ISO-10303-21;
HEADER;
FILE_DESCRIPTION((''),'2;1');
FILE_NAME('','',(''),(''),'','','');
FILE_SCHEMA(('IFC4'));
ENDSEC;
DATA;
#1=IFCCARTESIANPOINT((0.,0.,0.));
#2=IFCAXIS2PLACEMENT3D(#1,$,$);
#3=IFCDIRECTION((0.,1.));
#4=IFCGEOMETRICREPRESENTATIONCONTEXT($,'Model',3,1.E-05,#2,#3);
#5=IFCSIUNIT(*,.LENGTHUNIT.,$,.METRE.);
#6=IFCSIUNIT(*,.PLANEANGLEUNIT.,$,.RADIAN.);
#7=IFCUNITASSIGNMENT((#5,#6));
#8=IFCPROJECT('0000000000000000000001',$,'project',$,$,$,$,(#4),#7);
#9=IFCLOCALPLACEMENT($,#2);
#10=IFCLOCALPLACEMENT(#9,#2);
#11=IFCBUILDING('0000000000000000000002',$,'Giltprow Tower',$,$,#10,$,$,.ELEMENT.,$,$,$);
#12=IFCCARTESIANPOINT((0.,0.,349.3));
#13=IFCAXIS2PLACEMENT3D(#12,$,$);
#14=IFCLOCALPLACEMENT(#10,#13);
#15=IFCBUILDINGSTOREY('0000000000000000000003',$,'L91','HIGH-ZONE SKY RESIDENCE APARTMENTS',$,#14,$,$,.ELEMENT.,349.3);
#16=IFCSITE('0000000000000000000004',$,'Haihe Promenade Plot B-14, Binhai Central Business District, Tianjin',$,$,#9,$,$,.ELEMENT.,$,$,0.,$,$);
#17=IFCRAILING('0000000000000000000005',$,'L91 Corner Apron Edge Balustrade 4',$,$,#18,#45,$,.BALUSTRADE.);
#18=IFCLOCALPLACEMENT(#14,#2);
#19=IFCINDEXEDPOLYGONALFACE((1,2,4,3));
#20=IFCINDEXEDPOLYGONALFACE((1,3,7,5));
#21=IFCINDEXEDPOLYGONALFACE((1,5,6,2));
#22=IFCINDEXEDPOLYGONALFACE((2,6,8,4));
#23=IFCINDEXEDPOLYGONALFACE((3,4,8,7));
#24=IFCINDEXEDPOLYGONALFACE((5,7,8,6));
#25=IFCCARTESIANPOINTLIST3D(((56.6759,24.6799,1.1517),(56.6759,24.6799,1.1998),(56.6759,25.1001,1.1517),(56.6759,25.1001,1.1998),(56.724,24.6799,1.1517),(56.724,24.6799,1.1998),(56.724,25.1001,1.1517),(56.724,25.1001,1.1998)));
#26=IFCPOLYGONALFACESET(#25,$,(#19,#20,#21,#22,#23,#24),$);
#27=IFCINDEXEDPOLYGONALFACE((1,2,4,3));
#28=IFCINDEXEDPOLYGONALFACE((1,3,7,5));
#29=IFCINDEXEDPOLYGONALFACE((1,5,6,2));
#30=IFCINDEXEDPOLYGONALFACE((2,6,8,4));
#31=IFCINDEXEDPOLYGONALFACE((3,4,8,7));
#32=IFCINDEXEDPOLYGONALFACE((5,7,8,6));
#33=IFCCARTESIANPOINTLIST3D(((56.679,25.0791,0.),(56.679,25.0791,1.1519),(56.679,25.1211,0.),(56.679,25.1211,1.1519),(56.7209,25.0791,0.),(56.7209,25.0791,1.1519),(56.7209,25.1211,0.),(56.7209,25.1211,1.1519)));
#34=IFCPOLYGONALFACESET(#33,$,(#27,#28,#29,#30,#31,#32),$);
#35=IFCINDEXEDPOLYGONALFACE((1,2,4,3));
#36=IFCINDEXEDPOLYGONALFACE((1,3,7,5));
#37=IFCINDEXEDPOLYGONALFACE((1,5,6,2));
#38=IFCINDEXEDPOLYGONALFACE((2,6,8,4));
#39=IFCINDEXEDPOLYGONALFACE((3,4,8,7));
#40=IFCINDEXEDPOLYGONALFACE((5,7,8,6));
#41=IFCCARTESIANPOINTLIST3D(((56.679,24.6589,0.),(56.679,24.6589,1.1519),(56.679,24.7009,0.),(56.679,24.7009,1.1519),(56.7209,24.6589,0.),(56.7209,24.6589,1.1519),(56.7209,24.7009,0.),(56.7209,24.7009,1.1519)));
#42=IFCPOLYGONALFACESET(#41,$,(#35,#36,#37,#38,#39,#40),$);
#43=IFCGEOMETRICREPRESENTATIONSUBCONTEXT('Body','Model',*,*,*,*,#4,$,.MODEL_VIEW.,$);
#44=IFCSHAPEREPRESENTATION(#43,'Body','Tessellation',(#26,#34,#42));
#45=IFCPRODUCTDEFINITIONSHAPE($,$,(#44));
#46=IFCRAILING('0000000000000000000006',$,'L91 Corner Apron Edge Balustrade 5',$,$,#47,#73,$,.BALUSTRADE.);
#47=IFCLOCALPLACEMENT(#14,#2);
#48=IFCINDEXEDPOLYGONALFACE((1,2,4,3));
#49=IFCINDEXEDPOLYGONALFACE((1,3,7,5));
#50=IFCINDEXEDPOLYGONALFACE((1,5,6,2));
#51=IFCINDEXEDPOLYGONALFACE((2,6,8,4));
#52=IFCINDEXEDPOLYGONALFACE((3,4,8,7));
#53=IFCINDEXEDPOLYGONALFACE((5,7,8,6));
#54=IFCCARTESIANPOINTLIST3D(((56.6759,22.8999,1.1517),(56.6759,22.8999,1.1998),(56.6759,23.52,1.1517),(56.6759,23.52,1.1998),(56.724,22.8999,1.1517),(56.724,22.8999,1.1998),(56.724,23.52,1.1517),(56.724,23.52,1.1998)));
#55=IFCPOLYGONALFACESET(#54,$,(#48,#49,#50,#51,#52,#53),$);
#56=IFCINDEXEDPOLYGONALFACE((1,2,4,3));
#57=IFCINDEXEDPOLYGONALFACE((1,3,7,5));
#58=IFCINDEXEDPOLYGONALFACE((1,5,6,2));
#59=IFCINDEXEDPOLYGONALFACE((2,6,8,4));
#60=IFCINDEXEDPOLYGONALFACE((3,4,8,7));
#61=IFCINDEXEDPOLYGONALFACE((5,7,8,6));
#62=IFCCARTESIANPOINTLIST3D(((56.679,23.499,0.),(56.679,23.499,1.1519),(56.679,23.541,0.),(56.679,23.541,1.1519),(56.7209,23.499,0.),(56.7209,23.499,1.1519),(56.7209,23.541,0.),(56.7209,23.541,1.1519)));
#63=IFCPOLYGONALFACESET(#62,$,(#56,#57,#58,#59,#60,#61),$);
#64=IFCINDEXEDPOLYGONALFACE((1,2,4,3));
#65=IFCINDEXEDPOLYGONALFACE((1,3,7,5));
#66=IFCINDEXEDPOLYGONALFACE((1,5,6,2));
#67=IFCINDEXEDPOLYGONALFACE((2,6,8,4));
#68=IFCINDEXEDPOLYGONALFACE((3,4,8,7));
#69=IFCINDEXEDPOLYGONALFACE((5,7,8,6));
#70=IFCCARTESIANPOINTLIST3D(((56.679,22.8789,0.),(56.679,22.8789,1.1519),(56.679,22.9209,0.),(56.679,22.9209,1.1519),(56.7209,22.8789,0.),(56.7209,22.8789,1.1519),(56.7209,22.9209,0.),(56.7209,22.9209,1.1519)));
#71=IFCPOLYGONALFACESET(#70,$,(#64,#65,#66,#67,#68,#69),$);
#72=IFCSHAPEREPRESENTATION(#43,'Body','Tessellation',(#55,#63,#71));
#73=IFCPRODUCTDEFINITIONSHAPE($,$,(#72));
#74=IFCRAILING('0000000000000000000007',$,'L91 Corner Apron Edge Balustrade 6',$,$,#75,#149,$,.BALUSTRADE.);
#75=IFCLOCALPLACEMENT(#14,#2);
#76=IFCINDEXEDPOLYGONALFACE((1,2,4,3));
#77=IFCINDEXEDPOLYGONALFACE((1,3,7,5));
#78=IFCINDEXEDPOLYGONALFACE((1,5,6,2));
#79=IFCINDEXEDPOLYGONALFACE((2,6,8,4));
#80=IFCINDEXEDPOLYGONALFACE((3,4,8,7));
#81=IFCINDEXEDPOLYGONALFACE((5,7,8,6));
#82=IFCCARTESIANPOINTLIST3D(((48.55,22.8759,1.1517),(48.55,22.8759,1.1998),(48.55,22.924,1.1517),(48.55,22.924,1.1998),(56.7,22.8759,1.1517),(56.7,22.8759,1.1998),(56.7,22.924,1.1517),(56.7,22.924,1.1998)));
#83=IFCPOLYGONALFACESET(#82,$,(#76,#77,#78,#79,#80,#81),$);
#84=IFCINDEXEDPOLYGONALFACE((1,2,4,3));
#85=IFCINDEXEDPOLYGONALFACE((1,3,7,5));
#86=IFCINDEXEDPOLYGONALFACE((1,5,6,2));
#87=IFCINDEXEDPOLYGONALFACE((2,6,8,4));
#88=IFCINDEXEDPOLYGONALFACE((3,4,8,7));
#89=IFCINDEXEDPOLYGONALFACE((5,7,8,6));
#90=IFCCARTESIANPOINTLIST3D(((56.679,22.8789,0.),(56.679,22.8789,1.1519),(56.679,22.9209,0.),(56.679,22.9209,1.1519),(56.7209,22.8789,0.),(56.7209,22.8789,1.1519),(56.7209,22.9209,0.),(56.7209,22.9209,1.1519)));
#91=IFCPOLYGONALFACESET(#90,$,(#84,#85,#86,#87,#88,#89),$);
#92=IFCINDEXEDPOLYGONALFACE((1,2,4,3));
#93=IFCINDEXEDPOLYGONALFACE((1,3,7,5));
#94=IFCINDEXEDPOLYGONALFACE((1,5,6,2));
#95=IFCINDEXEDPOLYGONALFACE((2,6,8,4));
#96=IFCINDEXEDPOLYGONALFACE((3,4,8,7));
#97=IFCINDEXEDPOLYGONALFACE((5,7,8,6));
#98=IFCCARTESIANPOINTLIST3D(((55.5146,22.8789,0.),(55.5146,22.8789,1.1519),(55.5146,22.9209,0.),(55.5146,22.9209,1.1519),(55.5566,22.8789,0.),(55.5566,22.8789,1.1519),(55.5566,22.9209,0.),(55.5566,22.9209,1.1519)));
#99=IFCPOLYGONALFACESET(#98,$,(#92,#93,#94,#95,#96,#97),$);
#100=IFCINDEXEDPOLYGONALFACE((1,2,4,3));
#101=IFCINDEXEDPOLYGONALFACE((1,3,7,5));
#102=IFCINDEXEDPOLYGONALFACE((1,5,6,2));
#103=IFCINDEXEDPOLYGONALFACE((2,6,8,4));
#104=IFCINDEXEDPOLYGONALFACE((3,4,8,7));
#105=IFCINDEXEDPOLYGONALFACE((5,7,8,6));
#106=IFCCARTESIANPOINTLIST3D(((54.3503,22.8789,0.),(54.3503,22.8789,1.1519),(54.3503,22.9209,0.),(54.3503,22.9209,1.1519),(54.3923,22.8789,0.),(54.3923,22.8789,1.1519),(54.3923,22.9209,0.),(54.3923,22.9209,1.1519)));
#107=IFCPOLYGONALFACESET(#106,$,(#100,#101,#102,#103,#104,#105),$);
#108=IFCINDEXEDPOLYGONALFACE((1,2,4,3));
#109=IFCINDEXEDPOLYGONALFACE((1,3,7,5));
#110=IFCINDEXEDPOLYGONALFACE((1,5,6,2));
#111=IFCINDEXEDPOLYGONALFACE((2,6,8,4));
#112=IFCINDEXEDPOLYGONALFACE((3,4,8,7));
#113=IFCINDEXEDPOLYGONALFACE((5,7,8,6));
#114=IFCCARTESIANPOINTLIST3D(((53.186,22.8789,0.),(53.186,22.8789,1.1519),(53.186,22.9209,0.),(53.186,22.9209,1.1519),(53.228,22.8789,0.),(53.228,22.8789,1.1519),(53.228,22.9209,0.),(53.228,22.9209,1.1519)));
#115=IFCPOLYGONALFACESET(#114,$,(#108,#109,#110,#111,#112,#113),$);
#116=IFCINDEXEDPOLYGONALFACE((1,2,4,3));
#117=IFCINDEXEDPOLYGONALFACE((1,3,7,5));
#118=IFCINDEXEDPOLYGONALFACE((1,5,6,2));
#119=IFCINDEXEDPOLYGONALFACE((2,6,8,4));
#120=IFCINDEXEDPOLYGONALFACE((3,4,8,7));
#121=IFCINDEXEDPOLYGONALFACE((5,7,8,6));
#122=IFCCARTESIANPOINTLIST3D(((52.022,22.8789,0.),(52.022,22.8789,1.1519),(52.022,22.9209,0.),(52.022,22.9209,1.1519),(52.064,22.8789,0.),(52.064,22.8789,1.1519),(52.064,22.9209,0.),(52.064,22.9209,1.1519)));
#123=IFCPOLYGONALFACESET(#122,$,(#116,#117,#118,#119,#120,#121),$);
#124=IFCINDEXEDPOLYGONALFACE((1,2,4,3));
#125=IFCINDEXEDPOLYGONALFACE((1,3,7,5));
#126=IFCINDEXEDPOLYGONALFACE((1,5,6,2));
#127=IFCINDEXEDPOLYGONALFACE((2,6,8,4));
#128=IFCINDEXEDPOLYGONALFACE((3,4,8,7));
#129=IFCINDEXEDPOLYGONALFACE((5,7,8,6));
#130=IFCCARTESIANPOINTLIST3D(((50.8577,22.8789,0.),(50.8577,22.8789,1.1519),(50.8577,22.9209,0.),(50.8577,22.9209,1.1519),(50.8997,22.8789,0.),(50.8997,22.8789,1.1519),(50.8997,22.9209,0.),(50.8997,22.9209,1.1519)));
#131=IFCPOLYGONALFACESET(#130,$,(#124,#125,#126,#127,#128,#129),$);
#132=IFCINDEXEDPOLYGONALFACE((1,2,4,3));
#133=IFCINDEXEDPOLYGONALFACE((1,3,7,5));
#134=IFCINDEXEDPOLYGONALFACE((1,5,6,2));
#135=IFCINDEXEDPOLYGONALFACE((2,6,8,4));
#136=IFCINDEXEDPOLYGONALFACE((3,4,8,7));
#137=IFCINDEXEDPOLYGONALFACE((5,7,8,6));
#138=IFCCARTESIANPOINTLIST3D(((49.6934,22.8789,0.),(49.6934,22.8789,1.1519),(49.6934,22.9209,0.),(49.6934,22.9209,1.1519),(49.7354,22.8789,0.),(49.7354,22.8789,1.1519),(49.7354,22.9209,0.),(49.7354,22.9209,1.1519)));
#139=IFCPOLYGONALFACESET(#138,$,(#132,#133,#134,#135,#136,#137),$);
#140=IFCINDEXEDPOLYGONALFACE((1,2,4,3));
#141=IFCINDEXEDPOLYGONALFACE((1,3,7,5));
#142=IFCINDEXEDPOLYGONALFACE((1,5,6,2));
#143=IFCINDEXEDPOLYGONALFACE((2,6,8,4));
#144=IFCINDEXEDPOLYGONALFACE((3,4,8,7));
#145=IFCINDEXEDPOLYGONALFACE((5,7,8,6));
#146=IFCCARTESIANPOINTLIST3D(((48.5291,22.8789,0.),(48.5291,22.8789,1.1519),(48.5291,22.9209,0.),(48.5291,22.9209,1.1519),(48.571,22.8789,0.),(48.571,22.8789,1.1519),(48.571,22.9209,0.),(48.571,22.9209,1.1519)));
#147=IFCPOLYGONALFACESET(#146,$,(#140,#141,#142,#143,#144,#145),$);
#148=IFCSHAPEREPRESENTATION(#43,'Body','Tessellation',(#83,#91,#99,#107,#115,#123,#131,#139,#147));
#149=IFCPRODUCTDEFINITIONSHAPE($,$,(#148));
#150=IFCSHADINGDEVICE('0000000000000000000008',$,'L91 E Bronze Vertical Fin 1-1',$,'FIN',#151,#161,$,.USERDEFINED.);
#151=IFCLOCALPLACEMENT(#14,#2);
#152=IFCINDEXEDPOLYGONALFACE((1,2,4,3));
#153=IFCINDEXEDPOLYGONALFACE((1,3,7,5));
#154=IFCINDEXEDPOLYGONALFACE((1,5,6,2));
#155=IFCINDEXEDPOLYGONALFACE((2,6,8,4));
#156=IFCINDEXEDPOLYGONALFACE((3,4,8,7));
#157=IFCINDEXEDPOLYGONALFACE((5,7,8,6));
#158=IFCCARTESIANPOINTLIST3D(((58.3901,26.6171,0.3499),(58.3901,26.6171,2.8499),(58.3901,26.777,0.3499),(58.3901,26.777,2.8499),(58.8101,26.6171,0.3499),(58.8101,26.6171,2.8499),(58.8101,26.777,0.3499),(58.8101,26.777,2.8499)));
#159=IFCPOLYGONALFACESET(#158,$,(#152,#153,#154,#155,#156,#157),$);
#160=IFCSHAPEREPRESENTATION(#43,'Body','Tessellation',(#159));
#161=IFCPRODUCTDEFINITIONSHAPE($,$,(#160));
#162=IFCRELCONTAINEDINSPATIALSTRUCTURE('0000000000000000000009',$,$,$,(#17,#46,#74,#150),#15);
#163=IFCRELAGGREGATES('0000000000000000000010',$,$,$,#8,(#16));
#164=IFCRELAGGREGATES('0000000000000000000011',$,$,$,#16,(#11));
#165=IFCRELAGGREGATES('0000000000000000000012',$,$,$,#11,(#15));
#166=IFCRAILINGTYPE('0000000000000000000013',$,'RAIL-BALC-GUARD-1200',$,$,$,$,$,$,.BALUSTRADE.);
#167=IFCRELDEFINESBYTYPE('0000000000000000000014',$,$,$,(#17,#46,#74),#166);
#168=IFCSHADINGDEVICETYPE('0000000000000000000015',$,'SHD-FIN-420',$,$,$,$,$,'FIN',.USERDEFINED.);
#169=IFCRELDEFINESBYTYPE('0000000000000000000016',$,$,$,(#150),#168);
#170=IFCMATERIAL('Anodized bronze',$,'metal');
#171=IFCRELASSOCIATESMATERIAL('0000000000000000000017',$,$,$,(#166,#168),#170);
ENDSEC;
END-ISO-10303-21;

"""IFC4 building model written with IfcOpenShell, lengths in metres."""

from ifc_helpers import new_model, si_unit, direction, frame, origin, origin_2d, place, context, subcontext, project, spatial, rectangle, extrude, source, transform, mapped, material, type_object, element, save


model = new_model("IFC4")

# Units and contexts
model_context = context("Model", 3, precision=1e-05, world=origin(), true_north=direction((0.0, 1.0)))
body_context = subcontext(model_context, "Body", "Model", "MODEL_VIEW")
ifc_project = project(units=[si_unit("LENGTHUNIT", "METRE"), si_unit("PLANEANGLEUNIT", "RADIAN")], contexts=[model_context])

# Site, building, storey
site_placement = place(None, origin())
site = spatial("IfcSite", under=ifc_project, at=site_placement, Name="Haihe Promenade Plot B-14, Binhai Central Business District, Tianjin", CompositionType="ELEMENT", RefElevation=0.0)
building_placement = place(site_placement, origin())
building = spatial("IfcBuilding", under=site, at=building_placement, Name="Giltprow Tower", CompositionType="ELEMENT")
storey_placement = place(building_placement, frame((0.0, 0.0, 349.3)))
storey = spatial("IfcBuildingStorey", under=building, at=storey_placement, Name="L91", Description="HIGH-ZONE SKY RESIDENCE APARTMENTS", CompositionType="ELEMENT", Elevation=349.3)

# Shared definitions
ifc_material_1 = material(Name="Anodized bronze", Category="metal")

# Railings
railing_type = type_object("IfcRailingType", Name="RAIL-BALC-GUARD-1200", PredefinedType="BALUSTRADE", material=ifc_material_1)
railing_1_placement = place(storey_placement, frame((56.7, 25.1001, 0.0)))
element("IfcRailing", 1, at=railing_1_placement, inside=storey, type_object=railing_type, Name="L91 Corner Apron Edge Balustrade 4", PredefinedType="BALUSTRADE", context=body_context, shape_type="SweptSolid", body=[
    extrude(rectangle(XDim=0.0481, YDim=0.0481, at=origin_2d()), frame((0.0, 0.0, 1.1758), z_axis=(0.0, -1.0, 0.0), x_axis=(1.0, 0.0, 0.0)), (0.0, 0.0, 1.0), 0.4202),
    extrude(rectangle(XDim=0.042, YDim=0.042, at=origin_2d()), origin(), (0.0, 0.0, 1.0), 1.1519),
    extrude(rectangle(XDim=0.042, YDim=0.042, at=origin_2d()), frame((0.0, -0.4202, 0.0)), (0.0, 0.0, 1.0), 1.1519),
])
railing_2_placement = place(storey_placement, frame((56.7, 23.52, 0.0)))
element("IfcRailing", 2, at=railing_2_placement, inside=storey, type_object=railing_type, Name="L91 Corner Apron Edge Balustrade 5", PredefinedType="BALUSTRADE", context=body_context, shape_type="SweptSolid", body=[
    extrude(rectangle(XDim=0.0481, YDim=0.0481, at=origin_2d()), frame((0.0, 0.0, 1.1758), z_axis=(0.0, -1.0, 0.0), x_axis=(1.0, 0.0, 0.0)), (0.0, 0.0, 1.0), 0.6201),
    extrude(rectangle(XDim=0.042, YDim=0.042, at=origin_2d()), origin(), (0.0, 0.0, 1.0), 1.1519),
    extrude(rectangle(XDim=0.042, YDim=0.042, at=origin_2d()), frame((0.0, -0.6201, 0.0)), (0.0, 0.0, 1.0), 1.1519),
])
railing_3_placement = place(storey_placement, frame((56.7, 22.8999, 0.0)))
element("IfcRailing", 3, at=railing_3_placement, inside=storey, type_object=railing_type, Name="L91 Corner Apron Edge Balustrade 6", PredefinedType="BALUSTRADE", context=body_context, shape_type="SweptSolid", body=[
    extrude(rectangle(XDim=0.0481, YDim=0.0481, at=origin_2d()), frame((0.0, 0.0, 1.1758), z_axis=(-1.0, 0.0, 0.0), x_axis=(0.0, -1.0, 0.0)), (0.0, 0.0, 1.0), 8.1499),
    extrude(rectangle(XDim=0.042, YDim=0.042, at=origin_2d()), origin(), (0.0, 0.0, 1.0), 1.1519),
    extrude(rectangle(XDim=0.042, YDim=0.042, at=origin_2d()), frame((-1.1643, 0.0, 0.0)), (0.0, 0.0, 1.0), 1.1519),
    extrude(rectangle(XDim=0.042, YDim=0.042, at=origin_2d()), frame((-2.3286, 0.0, 0.0)), (0.0, 0.0, 1.0), 1.1519),
    extrude(rectangle(XDim=0.042, YDim=0.042, at=origin_2d()), frame((-3.4929, 0.0, 0.0)), (0.0, 0.0, 1.0), 1.1519),
    extrude(rectangle(XDim=0.042, YDim=0.042, at=origin_2d()), frame((-4.657, 0.0, 0.0)), (0.0, 0.0, 1.0), 1.1519),
    extrude(rectangle(XDim=0.042, YDim=0.042, at=origin_2d()), frame((-5.8213, 0.0, 0.0)), (0.0, 0.0, 1.0), 1.1519),
    extrude(rectangle(XDim=0.042, YDim=0.042, at=origin_2d()), frame((-6.9856, 0.0, 0.0)), (0.0, 0.0, 1.0), 1.1519),
    extrude(rectangle(XDim=0.042, YDim=0.042, at=origin_2d()), frame((-8.1499, 0.0, 0.0)), (0.0, 0.0, 1.0), 1.1519),
])

# Shading device
shading_device_type = type_object("IfcShadingDeviceType", Name="SHD-FIN-420", ElementType="FIN", PredefinedType="USERDEFINED", material=ifc_material_1)
shared_shape_1 = source(origin(), body_context, "Body", "SweptSolid", [
    extrude(rectangle(XDim=0.4199, YDim=0.1599, at=origin_2d()), origin(), (0.0, 0.0, 1.0), 2.5),
])
shading_device_placement = place(storey_placement, frame((58.6001, 26.697, 0.3499), z_axis=(0.0, 0.0, 1.0), x_axis=(1.0, 0.0, 0.0)))
element("IfcShadingDevice", 4, at=shading_device_placement, inside=storey, type_object=shading_device_type, Name="L91 E Bronze Vertical Fin 1-1", ObjectType="FIN", PredefinedType="USERDEFINED", context=body_context, shape_type="MappedRepresentation", body=[
    mapped(shared_shape_1, transform((0.0, 0.0, 0.0), x_axis=(1.0, 0.0, 0.0), y_axis=(0.0, 1.0, 0.0), z_axis=(0.0, 0.0, 1.0), scale=1.0)),
])

save(model, "model.ifc")
